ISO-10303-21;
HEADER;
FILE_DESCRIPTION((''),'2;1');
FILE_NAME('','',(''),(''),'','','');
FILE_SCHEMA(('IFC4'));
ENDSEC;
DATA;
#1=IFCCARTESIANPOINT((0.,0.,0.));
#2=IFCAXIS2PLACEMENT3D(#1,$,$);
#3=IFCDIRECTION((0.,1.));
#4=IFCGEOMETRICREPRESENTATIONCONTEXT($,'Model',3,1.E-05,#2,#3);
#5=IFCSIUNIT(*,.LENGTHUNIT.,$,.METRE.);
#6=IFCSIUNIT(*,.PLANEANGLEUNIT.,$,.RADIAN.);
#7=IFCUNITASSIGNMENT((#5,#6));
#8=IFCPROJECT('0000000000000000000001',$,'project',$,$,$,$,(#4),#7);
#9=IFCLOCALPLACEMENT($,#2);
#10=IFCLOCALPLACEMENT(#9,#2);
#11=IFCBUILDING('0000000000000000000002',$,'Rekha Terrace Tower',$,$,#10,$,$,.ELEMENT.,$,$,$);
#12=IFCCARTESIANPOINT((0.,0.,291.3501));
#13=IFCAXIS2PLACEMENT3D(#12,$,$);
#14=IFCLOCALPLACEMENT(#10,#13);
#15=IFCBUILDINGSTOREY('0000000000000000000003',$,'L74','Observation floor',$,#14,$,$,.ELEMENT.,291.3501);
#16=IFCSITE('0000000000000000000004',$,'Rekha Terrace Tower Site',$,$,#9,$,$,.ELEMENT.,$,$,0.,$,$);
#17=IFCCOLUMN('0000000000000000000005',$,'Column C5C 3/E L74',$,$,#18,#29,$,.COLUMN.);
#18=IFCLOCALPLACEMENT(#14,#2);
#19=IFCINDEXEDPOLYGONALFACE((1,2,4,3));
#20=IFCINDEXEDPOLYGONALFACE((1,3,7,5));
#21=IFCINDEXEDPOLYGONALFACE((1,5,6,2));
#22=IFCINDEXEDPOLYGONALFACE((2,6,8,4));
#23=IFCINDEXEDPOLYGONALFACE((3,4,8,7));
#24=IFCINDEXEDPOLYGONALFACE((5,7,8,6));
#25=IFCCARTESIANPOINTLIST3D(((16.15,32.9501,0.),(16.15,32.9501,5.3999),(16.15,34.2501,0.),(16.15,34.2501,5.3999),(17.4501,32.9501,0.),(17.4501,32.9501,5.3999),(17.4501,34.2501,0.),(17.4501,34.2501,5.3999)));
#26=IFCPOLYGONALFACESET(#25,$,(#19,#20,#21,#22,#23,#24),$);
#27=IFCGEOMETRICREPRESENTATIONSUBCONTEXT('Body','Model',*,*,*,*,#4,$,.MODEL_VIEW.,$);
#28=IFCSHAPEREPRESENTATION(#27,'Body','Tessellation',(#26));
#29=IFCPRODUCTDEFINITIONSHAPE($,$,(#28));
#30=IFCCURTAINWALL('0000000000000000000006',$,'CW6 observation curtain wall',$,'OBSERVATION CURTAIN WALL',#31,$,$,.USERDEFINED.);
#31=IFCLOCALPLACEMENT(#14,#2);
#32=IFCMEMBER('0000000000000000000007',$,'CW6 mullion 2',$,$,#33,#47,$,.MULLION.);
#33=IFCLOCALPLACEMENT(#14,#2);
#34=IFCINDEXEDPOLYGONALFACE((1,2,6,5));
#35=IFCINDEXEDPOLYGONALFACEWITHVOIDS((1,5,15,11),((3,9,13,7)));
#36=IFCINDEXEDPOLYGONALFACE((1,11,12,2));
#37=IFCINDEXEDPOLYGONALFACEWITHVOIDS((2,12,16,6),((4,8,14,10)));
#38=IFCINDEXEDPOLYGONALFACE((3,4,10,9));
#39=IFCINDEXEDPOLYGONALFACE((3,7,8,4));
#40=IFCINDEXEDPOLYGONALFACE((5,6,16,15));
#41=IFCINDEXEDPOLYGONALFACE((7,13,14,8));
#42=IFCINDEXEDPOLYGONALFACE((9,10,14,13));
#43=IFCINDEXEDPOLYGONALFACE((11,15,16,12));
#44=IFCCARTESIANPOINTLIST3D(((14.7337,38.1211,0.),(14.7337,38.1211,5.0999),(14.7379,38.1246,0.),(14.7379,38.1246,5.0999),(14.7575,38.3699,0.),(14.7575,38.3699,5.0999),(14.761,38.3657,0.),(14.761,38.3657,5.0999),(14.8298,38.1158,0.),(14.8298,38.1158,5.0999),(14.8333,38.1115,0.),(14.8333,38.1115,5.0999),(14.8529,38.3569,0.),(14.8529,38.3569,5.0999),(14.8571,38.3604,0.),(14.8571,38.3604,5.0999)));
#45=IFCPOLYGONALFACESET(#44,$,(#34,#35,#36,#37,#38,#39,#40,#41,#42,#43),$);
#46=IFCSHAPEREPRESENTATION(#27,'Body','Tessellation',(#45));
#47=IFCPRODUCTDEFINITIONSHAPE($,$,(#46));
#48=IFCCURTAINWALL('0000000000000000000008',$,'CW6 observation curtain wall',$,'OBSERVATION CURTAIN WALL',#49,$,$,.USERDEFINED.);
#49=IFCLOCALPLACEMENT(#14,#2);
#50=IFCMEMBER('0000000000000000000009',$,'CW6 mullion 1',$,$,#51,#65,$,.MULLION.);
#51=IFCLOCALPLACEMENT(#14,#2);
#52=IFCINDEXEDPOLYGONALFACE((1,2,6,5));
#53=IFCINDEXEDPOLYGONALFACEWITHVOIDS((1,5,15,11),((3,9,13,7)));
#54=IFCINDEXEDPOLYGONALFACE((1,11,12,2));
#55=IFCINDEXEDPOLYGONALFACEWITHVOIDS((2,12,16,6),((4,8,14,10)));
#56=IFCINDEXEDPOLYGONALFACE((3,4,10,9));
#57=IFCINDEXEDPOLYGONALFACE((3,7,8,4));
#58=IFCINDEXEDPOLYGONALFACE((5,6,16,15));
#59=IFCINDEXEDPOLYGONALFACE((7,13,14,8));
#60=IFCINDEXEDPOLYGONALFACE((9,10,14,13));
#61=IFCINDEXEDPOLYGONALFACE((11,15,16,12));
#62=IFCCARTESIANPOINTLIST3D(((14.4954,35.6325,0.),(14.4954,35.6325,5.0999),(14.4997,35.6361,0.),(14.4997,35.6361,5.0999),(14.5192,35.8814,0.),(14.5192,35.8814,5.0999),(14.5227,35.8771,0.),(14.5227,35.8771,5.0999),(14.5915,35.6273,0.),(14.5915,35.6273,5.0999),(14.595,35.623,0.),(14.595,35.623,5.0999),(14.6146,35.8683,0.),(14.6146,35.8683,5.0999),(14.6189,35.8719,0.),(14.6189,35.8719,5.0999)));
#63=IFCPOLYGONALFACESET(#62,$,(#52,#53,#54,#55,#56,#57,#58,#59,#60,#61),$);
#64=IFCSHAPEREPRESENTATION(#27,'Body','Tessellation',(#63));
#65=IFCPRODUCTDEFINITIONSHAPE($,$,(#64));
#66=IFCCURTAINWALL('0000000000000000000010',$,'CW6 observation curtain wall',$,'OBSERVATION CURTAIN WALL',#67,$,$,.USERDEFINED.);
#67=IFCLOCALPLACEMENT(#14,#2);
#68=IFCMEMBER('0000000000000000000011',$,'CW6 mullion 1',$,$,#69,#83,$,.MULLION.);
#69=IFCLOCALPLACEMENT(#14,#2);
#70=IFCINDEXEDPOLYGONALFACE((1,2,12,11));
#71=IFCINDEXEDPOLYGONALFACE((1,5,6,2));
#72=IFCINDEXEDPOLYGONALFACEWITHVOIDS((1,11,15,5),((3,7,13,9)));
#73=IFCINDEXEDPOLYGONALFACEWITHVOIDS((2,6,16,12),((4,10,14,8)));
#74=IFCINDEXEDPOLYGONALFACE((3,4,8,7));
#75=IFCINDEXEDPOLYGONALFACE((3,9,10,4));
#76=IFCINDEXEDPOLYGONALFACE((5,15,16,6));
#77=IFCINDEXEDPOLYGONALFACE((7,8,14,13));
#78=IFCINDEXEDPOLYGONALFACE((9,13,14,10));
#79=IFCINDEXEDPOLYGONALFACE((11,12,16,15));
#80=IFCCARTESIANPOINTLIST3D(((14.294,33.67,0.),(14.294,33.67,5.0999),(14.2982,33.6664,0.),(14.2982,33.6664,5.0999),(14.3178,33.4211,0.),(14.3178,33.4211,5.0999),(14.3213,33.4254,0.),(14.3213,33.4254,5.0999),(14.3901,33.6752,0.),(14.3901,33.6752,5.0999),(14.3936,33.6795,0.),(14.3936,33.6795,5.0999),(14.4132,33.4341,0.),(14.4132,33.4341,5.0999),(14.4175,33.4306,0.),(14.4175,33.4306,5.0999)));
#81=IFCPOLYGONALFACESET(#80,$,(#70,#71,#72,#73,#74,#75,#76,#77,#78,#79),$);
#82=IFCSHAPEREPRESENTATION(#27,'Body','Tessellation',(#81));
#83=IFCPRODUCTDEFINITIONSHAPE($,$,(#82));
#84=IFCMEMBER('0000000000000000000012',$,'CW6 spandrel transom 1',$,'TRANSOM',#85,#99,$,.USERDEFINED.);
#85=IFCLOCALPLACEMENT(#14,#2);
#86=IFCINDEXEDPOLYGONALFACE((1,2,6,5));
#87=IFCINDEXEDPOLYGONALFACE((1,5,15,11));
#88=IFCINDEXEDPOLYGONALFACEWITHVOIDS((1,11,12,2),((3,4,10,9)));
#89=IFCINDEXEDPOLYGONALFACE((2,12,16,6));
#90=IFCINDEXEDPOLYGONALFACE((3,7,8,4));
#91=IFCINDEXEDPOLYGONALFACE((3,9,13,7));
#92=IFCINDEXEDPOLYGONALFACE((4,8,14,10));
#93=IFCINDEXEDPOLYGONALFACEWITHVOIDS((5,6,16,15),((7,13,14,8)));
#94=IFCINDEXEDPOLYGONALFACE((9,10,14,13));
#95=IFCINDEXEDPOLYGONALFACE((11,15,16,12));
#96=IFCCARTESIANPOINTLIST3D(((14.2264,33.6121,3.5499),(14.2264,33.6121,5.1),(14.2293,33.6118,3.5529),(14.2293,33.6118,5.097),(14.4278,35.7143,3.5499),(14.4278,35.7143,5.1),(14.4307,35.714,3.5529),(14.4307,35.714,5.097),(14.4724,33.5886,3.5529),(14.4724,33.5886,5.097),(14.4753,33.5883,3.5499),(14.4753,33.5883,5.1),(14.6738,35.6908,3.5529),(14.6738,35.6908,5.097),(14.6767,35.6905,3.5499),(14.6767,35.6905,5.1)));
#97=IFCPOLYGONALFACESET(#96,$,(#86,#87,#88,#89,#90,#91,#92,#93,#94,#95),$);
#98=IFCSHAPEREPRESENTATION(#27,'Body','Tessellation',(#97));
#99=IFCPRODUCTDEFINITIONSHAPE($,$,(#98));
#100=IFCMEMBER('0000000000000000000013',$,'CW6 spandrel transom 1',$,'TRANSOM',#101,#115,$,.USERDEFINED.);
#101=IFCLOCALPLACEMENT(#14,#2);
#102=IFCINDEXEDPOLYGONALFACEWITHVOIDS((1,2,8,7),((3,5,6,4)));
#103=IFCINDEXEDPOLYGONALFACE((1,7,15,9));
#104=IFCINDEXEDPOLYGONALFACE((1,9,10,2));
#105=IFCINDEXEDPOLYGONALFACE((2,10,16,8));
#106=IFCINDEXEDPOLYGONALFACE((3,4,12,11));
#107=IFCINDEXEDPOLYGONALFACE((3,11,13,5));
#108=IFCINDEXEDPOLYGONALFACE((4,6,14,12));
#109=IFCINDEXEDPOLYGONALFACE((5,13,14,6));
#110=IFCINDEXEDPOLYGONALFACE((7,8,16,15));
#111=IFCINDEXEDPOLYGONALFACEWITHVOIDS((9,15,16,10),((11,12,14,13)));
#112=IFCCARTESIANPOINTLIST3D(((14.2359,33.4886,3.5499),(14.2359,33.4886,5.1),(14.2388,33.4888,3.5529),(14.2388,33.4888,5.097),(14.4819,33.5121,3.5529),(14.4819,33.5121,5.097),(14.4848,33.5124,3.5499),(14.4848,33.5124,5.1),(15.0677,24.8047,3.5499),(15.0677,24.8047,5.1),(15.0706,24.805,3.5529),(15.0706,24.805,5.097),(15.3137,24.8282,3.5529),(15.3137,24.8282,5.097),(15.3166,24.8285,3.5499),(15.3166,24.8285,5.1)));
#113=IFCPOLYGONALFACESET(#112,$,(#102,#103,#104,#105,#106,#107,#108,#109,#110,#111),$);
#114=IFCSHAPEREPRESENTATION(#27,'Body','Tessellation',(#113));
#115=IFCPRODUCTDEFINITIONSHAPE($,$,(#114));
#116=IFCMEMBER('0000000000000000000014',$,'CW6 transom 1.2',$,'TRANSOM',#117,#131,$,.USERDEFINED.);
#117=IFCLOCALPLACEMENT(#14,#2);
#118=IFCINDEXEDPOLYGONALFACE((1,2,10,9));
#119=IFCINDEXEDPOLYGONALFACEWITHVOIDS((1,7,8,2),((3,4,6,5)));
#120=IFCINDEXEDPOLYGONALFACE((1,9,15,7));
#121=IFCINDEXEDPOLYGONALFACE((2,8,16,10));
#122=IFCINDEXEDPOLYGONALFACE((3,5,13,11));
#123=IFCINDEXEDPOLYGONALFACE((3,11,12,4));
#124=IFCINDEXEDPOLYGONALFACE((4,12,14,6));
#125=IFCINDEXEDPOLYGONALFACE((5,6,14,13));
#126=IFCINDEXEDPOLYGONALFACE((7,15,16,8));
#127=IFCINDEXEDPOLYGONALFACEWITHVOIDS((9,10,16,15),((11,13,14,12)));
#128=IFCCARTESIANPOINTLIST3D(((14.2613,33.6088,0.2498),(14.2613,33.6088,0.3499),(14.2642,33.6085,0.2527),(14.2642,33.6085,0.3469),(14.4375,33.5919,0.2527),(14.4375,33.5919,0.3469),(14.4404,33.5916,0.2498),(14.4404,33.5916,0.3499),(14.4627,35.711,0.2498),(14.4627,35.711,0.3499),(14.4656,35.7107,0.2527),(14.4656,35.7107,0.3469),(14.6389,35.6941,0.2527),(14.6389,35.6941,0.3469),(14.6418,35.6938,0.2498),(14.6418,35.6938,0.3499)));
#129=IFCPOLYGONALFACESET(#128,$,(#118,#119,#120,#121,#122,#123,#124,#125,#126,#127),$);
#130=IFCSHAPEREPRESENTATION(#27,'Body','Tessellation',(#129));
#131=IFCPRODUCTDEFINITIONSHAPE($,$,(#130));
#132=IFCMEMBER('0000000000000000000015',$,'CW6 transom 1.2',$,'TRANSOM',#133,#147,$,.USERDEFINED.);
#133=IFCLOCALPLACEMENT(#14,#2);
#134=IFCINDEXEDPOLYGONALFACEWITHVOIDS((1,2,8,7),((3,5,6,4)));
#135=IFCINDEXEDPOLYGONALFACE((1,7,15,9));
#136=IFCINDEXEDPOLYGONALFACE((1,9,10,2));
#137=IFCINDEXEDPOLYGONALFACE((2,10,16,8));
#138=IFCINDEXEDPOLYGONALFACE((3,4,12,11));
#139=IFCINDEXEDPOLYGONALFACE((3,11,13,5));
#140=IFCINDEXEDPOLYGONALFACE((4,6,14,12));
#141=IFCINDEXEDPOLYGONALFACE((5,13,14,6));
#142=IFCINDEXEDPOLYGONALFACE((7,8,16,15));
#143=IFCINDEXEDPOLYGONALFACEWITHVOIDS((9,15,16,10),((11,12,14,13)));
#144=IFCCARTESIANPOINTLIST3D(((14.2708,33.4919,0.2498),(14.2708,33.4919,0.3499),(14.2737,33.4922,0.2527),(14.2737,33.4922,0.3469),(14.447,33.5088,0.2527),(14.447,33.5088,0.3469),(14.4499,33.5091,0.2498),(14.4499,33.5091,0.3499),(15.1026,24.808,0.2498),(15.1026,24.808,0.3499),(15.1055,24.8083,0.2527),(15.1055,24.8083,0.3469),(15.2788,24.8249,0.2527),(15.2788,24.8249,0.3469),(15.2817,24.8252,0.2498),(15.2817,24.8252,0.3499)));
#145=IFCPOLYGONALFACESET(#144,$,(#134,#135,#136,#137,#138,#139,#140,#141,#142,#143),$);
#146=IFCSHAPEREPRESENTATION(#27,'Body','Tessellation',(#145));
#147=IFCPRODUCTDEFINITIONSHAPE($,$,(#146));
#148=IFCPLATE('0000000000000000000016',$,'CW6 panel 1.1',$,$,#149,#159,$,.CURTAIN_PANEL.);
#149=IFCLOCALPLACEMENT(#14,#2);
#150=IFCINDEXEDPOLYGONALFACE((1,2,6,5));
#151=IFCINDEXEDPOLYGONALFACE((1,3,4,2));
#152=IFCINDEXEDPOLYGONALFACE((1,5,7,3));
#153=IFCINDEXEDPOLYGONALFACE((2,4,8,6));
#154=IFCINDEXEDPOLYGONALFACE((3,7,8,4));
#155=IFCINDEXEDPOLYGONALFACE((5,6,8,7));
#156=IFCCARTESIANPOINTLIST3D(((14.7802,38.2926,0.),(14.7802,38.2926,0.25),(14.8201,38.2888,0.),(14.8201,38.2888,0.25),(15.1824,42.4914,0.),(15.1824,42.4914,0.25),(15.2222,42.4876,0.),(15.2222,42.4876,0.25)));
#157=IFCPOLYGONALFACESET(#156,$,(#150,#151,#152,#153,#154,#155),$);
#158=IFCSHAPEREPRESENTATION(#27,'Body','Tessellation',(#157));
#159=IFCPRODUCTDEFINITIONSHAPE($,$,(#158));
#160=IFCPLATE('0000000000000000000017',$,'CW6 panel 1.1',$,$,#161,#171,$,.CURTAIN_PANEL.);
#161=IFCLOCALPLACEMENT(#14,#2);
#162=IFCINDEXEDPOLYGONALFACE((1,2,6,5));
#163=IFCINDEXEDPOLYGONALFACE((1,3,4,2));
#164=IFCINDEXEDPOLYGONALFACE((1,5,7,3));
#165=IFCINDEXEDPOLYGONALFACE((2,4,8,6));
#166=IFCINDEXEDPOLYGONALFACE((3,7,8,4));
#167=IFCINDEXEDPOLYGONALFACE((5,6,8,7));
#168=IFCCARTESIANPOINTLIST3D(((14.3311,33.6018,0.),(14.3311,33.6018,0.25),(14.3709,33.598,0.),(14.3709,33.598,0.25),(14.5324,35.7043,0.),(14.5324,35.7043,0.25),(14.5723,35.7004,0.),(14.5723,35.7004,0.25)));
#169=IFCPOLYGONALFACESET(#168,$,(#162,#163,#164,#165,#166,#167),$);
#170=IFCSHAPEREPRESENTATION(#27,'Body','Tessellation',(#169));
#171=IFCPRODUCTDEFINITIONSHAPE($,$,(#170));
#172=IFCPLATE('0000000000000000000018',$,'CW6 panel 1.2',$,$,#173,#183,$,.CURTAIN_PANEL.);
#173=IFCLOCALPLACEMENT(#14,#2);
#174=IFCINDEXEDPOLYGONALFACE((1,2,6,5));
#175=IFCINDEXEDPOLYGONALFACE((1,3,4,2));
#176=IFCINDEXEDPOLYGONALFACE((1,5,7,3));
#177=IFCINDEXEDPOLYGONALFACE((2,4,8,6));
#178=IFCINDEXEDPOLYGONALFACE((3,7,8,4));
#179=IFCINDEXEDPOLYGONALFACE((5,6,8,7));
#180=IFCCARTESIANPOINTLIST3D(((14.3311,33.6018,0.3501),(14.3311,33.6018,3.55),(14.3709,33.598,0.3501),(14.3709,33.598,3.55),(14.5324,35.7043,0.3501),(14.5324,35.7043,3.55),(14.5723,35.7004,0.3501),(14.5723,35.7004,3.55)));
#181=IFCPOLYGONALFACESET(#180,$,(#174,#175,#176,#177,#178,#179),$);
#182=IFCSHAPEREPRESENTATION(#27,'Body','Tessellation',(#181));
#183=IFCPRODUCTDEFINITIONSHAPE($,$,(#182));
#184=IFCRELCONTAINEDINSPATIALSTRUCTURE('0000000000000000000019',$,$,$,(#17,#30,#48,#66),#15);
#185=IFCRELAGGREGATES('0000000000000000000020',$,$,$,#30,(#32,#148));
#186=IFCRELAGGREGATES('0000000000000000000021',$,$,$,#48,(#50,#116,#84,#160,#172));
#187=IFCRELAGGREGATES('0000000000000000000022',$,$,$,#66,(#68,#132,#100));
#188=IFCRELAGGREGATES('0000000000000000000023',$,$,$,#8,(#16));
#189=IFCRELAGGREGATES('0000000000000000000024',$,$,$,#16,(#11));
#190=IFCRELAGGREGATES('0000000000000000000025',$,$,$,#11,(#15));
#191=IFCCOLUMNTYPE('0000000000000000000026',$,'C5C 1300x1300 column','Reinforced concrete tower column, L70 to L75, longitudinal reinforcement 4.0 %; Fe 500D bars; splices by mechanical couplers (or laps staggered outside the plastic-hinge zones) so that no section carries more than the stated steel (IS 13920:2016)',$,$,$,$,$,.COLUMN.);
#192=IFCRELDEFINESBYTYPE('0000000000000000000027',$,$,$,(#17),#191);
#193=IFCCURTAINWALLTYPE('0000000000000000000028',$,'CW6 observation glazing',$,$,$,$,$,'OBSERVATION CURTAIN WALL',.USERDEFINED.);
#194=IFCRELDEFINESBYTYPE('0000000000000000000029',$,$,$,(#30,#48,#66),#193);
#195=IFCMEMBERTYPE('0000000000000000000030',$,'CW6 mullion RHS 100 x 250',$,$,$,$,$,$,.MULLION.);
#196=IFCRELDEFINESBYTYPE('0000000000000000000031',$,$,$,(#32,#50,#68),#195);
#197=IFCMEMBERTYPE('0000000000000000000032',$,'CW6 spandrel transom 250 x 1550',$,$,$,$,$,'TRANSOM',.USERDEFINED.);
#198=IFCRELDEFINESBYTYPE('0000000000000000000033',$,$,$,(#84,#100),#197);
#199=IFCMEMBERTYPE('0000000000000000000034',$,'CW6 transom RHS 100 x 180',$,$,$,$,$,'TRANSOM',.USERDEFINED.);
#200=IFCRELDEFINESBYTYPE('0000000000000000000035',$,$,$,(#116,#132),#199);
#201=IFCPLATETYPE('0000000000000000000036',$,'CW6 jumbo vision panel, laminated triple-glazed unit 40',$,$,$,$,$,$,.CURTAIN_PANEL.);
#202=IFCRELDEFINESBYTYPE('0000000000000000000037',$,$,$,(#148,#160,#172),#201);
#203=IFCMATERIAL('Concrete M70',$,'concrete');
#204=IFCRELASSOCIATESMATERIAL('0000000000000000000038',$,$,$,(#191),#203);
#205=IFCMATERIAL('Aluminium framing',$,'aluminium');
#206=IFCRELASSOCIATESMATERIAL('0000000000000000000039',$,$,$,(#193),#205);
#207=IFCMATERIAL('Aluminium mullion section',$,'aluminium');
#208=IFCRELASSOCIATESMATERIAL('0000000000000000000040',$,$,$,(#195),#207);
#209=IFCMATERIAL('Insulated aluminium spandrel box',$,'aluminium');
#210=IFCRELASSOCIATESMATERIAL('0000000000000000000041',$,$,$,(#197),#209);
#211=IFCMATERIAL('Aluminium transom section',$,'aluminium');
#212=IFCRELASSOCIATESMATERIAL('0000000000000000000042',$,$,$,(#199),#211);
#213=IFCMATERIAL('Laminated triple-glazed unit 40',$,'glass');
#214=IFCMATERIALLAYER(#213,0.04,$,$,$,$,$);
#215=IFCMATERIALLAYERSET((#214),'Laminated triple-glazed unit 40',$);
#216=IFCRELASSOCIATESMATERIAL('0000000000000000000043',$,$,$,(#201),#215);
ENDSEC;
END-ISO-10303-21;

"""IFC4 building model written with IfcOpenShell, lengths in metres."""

from ifc_helpers import new_model, si_unit, direction, frame, origin, origin_2d, place, context, subcontext, project, spatial, rectangle, hollow_rectangle, extrude, material, layer, layer_set, material_profile, profile_set, type_object, element, aggregate, save


model = new_model("IFC4")

# Units and contexts
model_context = context("Model", 3, precision=1e-05, world=origin(), true_north=direction((0.0, 1.0)))
body_context = subcontext(model_context, "Body", "Model", "MODEL_VIEW")
ifc_project = project(units=[si_unit("LENGTHUNIT", "METRE"), si_unit("PLANEANGLEUNIT", "RADIAN")], contexts=[model_context])

# Site, building, storey
site_placement = place(None, origin())
site = spatial("IfcSite", under=ifc_project, at=site_placement, Name="Rekha Terrace Tower Site", CompositionType="ELEMENT", RefElevation=0.0)
building_placement = place(site_placement, origin())
building = spatial("IfcBuilding", under=site, at=building_placement, Name="Rekha Terrace Tower", CompositionType="ELEMENT")
storey_placement = place(building_placement, frame((0.0, 0.0, 291.3501)))
storey = spatial("IfcBuildingStorey", under=building, at=storey_placement, Name="L74", Description="Observation floor", CompositionType="ELEMENT", Elevation=291.3501)

# Column
ifc_material_1 = material(Name="Concrete M70", Category="concrete")
ifc_material_profile_1 = material_profile(ifc_material_1, rectangle(XDim=1.3, YDim=1.3, at=origin_2d()), Name="RC 1300x1300")
ifc_profile_set_1 = profile_set([ifc_material_profile_1], Name="Concrete M70")
column_type = type_object("IfcColumnType", Name="C5C 1300x1300 column", Description="Reinforced concrete tower column, L70 to L75, longitudinal reinforcement 4.0 %; Fe 500D bars; splices by mechanical couplers (or laps staggered outside the plastic-hinge zones) so that no section carries more than the stated steel (IS 13920:2016)", PredefinedType="COLUMN", material=ifc_profile_set_1)
column_placement = place(storey_placement, frame((16.8, 33.6001, 0.0), z_axis=(0.0, 0.0, 1.0), x_axis=(1.0, 0.0, 0.0)))
element("IfcColumn", 1, at=column_placement, inside=storey, type_object=column_type, Name="Column C5C 3/E L74", PredefinedType="COLUMN", context=body_context, shape_type="SweptSolid", body=[
    extrude(rectangle(XDim=1.3, YDim=1.3, at=origin_2d()), origin(), (0.0, 0.0, 1.0), 5.3999),
])

# Curtain walls, members
ifc_material_2 = material(Name="Aluminium framing", Category="aluminium")
curtain_wall_type = type_object("IfcCurtainWallType", Name="CW6 observation glazing", ElementType="OBSERVATION CURTAIN WALL", PredefinedType="USERDEFINED", material=ifc_material_2)
curtain_wall_1_placement = place(storey_placement, origin())
curtain_wall_1 = element("IfcCurtainWall", 2, at=curtain_wall_1_placement, inside=storey, type_object=curtain_wall_type, Name="CW6 observation curtain wall", ObjectType="OBSERVATION CURTAIN WALL", PredefinedType="USERDEFINED")
ifc_material_3 = material(Name="Aluminium mullion section", Category="aluminium")
ifc_material_profile_2 = material_profile(ifc_material_3, hollow_rectangle(XDim=0.1001, YDim=0.25, WallThickness=0.0039, at=origin_2d()), Name="AL RHS 100x250")
ifc_profile_set_2 = profile_set([ifc_material_profile_2], Name="Aluminium mullion section")
member_type_1 = type_object("IfcMemberType", Name="CW6 mullion RHS 100 x 250", PredefinedType="MULLION", material=ifc_profile_set_2)
member_1_placement = place(storey_placement, frame((14.7954, 38.2407, 0.0), z_axis=(0.0, 0.0, 1.0), x_axis=(0.995445, -0.095338, 0.0)))
member_1 = element("IfcMember", 3, at=member_1_placement, type_object=member_type_1, Name="CW6 mullion 2", PredefinedType="MULLION", context=body_context, shape_type="SweptSolid", body=[
    extrude(hollow_rectangle(XDim=0.1001, YDim=0.25, WallThickness=0.0039, at=origin_2d()), origin(), (0.0, 0.0, 1.0), 5.0999),
])
curtain_wall_2_placement = place(storey_placement, origin())
curtain_wall_2 = element("IfcCurtainWall", 4, at=curtain_wall_2_placement, inside=storey, type_object=curtain_wall_type, Name="CW6 observation curtain wall", ObjectType="OBSERVATION CURTAIN WALL", PredefinedType="USERDEFINED")
member_2_placement = place(storey_placement, frame((14.5571, 35.7522, 0.0), z_axis=(0.0, 0.0, 1.0), x_axis=(0.995445, -0.095338, 0.0)))
member_2 = element("IfcMember", 5, at=member_2_placement, type_object=member_type_1, Name="CW6 mullion 1", PredefinedType="MULLION", context=body_context, shape_type="SweptSolid", body=[
    extrude(hollow_rectangle(XDim=0.1001, YDim=0.25, WallThickness=0.0039, at=origin_2d()), origin(), (0.0, 0.0, 1.0), 5.0999),
])
curtain_wall_3_placement = place(storey_placement, origin())
curtain_wall_3 = element("IfcCurtainWall", 6, at=curtain_wall_3_placement, inside=storey, type_object=curtain_wall_type, Name="CW6 observation curtain wall", ObjectType="OBSERVATION CURTAIN WALL", PredefinedType="USERDEFINED")
member_3_placement = place(storey_placement, frame((14.3557, 33.5503, 0.0), z_axis=(0.0, 0.0, 1.0), x_axis=(0.995445, 0.095338, 0.0)))
member_3 = element("IfcMember", 7, at=member_3_placement, type_object=member_type_1, Name="CW6 mullion 1", PredefinedType="MULLION", context=body_context, shape_type="SweptSolid", body=[
    extrude(hollow_rectangle(XDim=0.1001, YDim=0.25, WallThickness=0.0039, at=origin_2d()), origin(), (0.0, 0.0, 1.0), 5.0999),
])

# Members
ifc_material_4 = material(Name="Insulated aluminium spandrel box", Category="aluminium")
ifc_material_profile_3 = material_profile(ifc_material_4, hollow_rectangle(XDim=0.25, YDim=1.55, WallThickness=0.0029, at=origin_2d()), Name="AL SPANDREL BOX 250x1550")
ifc_profile_set_3 = profile_set([ifc_material_profile_3], Name="Insulated aluminium spandrel box")
member_type_2 = type_object("IfcMemberType", Name="CW6 spandrel transom 250 x 1550", ElementType="TRANSOM", PredefinedType="USERDEFINED", material=ifc_profile_set_3)
member_4_placement = place(storey_placement, frame((14.5522, 35.7024, 4.325), z_axis=(-0.095371, -0.995442, 0.0), x_axis=(0.995442, -0.095371, 0.0)))
member_4 = element("IfcMember", 8, at=member_4_placement, type_object=member_type_2, Name="CW6 spandrel transom 1", ObjectType="TRANSOM", PredefinedType="USERDEFINED", context=body_context, shape_type="SweptSolid", body=[
    extrude(hollow_rectangle(XDim=0.25, YDim=1.55, WallThickness=0.0029, at=origin_2d()), origin(), (0.0, 0.0, 1.0), 2.1118),
])
member_5_placement = place(storey_placement, frame((14.3604, 33.5005, 4.325), z_axis=(0.095349, -0.995444, 0.0), x_axis=(0.995444, 0.095349, 0.0)))
member_5 = element("IfcMember", 9, at=member_5_placement, type_object=member_type_2, Name="CW6 spandrel transom 1", ObjectType="TRANSOM", PredefinedType="USERDEFINED", context=body_context, shape_type="SweptSolid", body=[
    extrude(hollow_rectangle(XDim=0.25, YDim=1.55, WallThickness=0.0029, at=origin_2d()), origin(), (0.0, 0.0, 1.0), 8.7236),
])
ifc_material_5 = material(Name="Aluminium transom section", Category="aluminium")
ifc_material_profile_4 = material_profile(ifc_material_5, hollow_rectangle(XDim=0.1799, YDim=0.1001, WallThickness=0.0029, at=origin_2d()), Name="AL RHS 180x100")
ifc_profile_set_4 = profile_set([ifc_material_profile_4], Name="Aluminium transom section")
member_type_3 = type_object("IfcMemberType", Name="CW6 transom RHS 100 x 180", ElementType="TRANSOM", PredefinedType="USERDEFINED", material=ifc_profile_set_4)
member_6_placement = place(storey_placement, frame((14.5522, 35.7024, 0.2998), z_axis=(-0.095371, -0.995442, 0.0), x_axis=(0.995442, -0.095371, 0.0)))
member_6 = element("IfcMember", 10, at=member_6_placement, type_object=member_type_3, Name="CW6 transom 1.2", ObjectType="TRANSOM", PredefinedType="USERDEFINED", context=body_context, shape_type="SweptSolid", body=[
    extrude(hollow_rectangle(XDim=0.1799, YDim=0.1001, WallThickness=0.0029, at=origin_2d()), origin(), (0.0, 0.0, 1.0), 2.1118),
])
member_7_placement = place(storey_placement, frame((14.3604, 33.5005, 0.2998), z_axis=(0.095349, -0.995444, 0.0), x_axis=(0.995444, 0.095349, 0.0)))
member_7 = element("IfcMember", 11, at=member_7_placement, type_object=member_type_3, Name="CW6 transom 1.2", ObjectType="TRANSOM", PredefinedType="USERDEFINED", context=body_context, shape_type="SweptSolid", body=[
    extrude(hollow_rectangle(XDim=0.1799, YDim=0.1001, WallThickness=0.0029, at=origin_2d()), origin(), (0.0, 0.0, 1.0), 8.7236),
])

# Plates
ifc_material_6 = material(Name="Laminated triple-glazed unit 40", Category="glass")
ifc_layer_1 = layer(ifc_material_6, 0.04)
ifc_layer_set_1 = layer_set([ifc_layer_1], Name="Laminated triple-glazed unit 40")
plate_type = type_object("IfcPlateType", Name="CW6 jumbo vision panel, laminated triple-glazed unit 40", PredefinedType="CURTAIN_PANEL", material=ifc_layer_set_1)
plate_1_placement = place(storey_placement, frame((15.0012, 40.3901, 0.0), z_axis=(0.0, 0.0, 1.0), x_axis=(-0.095338, -0.995445, 0.0)))
plate_1 = element("IfcPlate", 12, at=plate_1_placement, type_object=plate_type, Name="CW6 panel 1.1", PredefinedType="CURTAIN_PANEL", context=body_context, shape_type="SweptSolid", body=[
    extrude(rectangle(XDim=4.218, YDim=0.04, at=origin_2d()), origin(), (0.0, 0.0, 1.0), 0.25),
])
aggregate(curtain_wall_1, [member_1, plate_1])
plate_2_placement = place(storey_placement, frame((14.4517, 34.6511, 0.0), z_axis=(0.0, 0.0, 1.0), x_axis=(-0.095338, -0.995445, 0.0)))
plate_2 = element("IfcPlate", 13, at=plate_2_placement, type_object=plate_type, Name="CW6 panel 1.1", PredefinedType="CURTAIN_PANEL", context=body_context, shape_type="SweptSolid", body=[
    extrude(rectangle(XDim=2.1121, YDim=0.04, at=origin_2d()), origin(), (0.0, 0.0, 1.0), 0.25),
])
plate_3_placement = place(storey_placement, frame((14.4517, 34.6511, 0.3501), z_axis=(0.0, 0.0, 1.0), x_axis=(-0.095338, -0.995445, 0.0)))
plate_3 = element("IfcPlate", 14, at=plate_3_placement, type_object=plate_type, Name="CW6 panel 1.2", PredefinedType="CURTAIN_PANEL", context=body_context, shape_type="SweptSolid", body=[
    extrude(rectangle(XDim=2.1121, YDim=0.04, at=origin_2d()), origin(), (0.0, 0.0, 1.0), 3.2),
])
aggregate(curtain_wall_2, [member_2, member_6, member_4, plate_2, plate_3])
aggregate(curtain_wall_3, [member_3, member_7, member_5])

save(model, "model.ifc")
